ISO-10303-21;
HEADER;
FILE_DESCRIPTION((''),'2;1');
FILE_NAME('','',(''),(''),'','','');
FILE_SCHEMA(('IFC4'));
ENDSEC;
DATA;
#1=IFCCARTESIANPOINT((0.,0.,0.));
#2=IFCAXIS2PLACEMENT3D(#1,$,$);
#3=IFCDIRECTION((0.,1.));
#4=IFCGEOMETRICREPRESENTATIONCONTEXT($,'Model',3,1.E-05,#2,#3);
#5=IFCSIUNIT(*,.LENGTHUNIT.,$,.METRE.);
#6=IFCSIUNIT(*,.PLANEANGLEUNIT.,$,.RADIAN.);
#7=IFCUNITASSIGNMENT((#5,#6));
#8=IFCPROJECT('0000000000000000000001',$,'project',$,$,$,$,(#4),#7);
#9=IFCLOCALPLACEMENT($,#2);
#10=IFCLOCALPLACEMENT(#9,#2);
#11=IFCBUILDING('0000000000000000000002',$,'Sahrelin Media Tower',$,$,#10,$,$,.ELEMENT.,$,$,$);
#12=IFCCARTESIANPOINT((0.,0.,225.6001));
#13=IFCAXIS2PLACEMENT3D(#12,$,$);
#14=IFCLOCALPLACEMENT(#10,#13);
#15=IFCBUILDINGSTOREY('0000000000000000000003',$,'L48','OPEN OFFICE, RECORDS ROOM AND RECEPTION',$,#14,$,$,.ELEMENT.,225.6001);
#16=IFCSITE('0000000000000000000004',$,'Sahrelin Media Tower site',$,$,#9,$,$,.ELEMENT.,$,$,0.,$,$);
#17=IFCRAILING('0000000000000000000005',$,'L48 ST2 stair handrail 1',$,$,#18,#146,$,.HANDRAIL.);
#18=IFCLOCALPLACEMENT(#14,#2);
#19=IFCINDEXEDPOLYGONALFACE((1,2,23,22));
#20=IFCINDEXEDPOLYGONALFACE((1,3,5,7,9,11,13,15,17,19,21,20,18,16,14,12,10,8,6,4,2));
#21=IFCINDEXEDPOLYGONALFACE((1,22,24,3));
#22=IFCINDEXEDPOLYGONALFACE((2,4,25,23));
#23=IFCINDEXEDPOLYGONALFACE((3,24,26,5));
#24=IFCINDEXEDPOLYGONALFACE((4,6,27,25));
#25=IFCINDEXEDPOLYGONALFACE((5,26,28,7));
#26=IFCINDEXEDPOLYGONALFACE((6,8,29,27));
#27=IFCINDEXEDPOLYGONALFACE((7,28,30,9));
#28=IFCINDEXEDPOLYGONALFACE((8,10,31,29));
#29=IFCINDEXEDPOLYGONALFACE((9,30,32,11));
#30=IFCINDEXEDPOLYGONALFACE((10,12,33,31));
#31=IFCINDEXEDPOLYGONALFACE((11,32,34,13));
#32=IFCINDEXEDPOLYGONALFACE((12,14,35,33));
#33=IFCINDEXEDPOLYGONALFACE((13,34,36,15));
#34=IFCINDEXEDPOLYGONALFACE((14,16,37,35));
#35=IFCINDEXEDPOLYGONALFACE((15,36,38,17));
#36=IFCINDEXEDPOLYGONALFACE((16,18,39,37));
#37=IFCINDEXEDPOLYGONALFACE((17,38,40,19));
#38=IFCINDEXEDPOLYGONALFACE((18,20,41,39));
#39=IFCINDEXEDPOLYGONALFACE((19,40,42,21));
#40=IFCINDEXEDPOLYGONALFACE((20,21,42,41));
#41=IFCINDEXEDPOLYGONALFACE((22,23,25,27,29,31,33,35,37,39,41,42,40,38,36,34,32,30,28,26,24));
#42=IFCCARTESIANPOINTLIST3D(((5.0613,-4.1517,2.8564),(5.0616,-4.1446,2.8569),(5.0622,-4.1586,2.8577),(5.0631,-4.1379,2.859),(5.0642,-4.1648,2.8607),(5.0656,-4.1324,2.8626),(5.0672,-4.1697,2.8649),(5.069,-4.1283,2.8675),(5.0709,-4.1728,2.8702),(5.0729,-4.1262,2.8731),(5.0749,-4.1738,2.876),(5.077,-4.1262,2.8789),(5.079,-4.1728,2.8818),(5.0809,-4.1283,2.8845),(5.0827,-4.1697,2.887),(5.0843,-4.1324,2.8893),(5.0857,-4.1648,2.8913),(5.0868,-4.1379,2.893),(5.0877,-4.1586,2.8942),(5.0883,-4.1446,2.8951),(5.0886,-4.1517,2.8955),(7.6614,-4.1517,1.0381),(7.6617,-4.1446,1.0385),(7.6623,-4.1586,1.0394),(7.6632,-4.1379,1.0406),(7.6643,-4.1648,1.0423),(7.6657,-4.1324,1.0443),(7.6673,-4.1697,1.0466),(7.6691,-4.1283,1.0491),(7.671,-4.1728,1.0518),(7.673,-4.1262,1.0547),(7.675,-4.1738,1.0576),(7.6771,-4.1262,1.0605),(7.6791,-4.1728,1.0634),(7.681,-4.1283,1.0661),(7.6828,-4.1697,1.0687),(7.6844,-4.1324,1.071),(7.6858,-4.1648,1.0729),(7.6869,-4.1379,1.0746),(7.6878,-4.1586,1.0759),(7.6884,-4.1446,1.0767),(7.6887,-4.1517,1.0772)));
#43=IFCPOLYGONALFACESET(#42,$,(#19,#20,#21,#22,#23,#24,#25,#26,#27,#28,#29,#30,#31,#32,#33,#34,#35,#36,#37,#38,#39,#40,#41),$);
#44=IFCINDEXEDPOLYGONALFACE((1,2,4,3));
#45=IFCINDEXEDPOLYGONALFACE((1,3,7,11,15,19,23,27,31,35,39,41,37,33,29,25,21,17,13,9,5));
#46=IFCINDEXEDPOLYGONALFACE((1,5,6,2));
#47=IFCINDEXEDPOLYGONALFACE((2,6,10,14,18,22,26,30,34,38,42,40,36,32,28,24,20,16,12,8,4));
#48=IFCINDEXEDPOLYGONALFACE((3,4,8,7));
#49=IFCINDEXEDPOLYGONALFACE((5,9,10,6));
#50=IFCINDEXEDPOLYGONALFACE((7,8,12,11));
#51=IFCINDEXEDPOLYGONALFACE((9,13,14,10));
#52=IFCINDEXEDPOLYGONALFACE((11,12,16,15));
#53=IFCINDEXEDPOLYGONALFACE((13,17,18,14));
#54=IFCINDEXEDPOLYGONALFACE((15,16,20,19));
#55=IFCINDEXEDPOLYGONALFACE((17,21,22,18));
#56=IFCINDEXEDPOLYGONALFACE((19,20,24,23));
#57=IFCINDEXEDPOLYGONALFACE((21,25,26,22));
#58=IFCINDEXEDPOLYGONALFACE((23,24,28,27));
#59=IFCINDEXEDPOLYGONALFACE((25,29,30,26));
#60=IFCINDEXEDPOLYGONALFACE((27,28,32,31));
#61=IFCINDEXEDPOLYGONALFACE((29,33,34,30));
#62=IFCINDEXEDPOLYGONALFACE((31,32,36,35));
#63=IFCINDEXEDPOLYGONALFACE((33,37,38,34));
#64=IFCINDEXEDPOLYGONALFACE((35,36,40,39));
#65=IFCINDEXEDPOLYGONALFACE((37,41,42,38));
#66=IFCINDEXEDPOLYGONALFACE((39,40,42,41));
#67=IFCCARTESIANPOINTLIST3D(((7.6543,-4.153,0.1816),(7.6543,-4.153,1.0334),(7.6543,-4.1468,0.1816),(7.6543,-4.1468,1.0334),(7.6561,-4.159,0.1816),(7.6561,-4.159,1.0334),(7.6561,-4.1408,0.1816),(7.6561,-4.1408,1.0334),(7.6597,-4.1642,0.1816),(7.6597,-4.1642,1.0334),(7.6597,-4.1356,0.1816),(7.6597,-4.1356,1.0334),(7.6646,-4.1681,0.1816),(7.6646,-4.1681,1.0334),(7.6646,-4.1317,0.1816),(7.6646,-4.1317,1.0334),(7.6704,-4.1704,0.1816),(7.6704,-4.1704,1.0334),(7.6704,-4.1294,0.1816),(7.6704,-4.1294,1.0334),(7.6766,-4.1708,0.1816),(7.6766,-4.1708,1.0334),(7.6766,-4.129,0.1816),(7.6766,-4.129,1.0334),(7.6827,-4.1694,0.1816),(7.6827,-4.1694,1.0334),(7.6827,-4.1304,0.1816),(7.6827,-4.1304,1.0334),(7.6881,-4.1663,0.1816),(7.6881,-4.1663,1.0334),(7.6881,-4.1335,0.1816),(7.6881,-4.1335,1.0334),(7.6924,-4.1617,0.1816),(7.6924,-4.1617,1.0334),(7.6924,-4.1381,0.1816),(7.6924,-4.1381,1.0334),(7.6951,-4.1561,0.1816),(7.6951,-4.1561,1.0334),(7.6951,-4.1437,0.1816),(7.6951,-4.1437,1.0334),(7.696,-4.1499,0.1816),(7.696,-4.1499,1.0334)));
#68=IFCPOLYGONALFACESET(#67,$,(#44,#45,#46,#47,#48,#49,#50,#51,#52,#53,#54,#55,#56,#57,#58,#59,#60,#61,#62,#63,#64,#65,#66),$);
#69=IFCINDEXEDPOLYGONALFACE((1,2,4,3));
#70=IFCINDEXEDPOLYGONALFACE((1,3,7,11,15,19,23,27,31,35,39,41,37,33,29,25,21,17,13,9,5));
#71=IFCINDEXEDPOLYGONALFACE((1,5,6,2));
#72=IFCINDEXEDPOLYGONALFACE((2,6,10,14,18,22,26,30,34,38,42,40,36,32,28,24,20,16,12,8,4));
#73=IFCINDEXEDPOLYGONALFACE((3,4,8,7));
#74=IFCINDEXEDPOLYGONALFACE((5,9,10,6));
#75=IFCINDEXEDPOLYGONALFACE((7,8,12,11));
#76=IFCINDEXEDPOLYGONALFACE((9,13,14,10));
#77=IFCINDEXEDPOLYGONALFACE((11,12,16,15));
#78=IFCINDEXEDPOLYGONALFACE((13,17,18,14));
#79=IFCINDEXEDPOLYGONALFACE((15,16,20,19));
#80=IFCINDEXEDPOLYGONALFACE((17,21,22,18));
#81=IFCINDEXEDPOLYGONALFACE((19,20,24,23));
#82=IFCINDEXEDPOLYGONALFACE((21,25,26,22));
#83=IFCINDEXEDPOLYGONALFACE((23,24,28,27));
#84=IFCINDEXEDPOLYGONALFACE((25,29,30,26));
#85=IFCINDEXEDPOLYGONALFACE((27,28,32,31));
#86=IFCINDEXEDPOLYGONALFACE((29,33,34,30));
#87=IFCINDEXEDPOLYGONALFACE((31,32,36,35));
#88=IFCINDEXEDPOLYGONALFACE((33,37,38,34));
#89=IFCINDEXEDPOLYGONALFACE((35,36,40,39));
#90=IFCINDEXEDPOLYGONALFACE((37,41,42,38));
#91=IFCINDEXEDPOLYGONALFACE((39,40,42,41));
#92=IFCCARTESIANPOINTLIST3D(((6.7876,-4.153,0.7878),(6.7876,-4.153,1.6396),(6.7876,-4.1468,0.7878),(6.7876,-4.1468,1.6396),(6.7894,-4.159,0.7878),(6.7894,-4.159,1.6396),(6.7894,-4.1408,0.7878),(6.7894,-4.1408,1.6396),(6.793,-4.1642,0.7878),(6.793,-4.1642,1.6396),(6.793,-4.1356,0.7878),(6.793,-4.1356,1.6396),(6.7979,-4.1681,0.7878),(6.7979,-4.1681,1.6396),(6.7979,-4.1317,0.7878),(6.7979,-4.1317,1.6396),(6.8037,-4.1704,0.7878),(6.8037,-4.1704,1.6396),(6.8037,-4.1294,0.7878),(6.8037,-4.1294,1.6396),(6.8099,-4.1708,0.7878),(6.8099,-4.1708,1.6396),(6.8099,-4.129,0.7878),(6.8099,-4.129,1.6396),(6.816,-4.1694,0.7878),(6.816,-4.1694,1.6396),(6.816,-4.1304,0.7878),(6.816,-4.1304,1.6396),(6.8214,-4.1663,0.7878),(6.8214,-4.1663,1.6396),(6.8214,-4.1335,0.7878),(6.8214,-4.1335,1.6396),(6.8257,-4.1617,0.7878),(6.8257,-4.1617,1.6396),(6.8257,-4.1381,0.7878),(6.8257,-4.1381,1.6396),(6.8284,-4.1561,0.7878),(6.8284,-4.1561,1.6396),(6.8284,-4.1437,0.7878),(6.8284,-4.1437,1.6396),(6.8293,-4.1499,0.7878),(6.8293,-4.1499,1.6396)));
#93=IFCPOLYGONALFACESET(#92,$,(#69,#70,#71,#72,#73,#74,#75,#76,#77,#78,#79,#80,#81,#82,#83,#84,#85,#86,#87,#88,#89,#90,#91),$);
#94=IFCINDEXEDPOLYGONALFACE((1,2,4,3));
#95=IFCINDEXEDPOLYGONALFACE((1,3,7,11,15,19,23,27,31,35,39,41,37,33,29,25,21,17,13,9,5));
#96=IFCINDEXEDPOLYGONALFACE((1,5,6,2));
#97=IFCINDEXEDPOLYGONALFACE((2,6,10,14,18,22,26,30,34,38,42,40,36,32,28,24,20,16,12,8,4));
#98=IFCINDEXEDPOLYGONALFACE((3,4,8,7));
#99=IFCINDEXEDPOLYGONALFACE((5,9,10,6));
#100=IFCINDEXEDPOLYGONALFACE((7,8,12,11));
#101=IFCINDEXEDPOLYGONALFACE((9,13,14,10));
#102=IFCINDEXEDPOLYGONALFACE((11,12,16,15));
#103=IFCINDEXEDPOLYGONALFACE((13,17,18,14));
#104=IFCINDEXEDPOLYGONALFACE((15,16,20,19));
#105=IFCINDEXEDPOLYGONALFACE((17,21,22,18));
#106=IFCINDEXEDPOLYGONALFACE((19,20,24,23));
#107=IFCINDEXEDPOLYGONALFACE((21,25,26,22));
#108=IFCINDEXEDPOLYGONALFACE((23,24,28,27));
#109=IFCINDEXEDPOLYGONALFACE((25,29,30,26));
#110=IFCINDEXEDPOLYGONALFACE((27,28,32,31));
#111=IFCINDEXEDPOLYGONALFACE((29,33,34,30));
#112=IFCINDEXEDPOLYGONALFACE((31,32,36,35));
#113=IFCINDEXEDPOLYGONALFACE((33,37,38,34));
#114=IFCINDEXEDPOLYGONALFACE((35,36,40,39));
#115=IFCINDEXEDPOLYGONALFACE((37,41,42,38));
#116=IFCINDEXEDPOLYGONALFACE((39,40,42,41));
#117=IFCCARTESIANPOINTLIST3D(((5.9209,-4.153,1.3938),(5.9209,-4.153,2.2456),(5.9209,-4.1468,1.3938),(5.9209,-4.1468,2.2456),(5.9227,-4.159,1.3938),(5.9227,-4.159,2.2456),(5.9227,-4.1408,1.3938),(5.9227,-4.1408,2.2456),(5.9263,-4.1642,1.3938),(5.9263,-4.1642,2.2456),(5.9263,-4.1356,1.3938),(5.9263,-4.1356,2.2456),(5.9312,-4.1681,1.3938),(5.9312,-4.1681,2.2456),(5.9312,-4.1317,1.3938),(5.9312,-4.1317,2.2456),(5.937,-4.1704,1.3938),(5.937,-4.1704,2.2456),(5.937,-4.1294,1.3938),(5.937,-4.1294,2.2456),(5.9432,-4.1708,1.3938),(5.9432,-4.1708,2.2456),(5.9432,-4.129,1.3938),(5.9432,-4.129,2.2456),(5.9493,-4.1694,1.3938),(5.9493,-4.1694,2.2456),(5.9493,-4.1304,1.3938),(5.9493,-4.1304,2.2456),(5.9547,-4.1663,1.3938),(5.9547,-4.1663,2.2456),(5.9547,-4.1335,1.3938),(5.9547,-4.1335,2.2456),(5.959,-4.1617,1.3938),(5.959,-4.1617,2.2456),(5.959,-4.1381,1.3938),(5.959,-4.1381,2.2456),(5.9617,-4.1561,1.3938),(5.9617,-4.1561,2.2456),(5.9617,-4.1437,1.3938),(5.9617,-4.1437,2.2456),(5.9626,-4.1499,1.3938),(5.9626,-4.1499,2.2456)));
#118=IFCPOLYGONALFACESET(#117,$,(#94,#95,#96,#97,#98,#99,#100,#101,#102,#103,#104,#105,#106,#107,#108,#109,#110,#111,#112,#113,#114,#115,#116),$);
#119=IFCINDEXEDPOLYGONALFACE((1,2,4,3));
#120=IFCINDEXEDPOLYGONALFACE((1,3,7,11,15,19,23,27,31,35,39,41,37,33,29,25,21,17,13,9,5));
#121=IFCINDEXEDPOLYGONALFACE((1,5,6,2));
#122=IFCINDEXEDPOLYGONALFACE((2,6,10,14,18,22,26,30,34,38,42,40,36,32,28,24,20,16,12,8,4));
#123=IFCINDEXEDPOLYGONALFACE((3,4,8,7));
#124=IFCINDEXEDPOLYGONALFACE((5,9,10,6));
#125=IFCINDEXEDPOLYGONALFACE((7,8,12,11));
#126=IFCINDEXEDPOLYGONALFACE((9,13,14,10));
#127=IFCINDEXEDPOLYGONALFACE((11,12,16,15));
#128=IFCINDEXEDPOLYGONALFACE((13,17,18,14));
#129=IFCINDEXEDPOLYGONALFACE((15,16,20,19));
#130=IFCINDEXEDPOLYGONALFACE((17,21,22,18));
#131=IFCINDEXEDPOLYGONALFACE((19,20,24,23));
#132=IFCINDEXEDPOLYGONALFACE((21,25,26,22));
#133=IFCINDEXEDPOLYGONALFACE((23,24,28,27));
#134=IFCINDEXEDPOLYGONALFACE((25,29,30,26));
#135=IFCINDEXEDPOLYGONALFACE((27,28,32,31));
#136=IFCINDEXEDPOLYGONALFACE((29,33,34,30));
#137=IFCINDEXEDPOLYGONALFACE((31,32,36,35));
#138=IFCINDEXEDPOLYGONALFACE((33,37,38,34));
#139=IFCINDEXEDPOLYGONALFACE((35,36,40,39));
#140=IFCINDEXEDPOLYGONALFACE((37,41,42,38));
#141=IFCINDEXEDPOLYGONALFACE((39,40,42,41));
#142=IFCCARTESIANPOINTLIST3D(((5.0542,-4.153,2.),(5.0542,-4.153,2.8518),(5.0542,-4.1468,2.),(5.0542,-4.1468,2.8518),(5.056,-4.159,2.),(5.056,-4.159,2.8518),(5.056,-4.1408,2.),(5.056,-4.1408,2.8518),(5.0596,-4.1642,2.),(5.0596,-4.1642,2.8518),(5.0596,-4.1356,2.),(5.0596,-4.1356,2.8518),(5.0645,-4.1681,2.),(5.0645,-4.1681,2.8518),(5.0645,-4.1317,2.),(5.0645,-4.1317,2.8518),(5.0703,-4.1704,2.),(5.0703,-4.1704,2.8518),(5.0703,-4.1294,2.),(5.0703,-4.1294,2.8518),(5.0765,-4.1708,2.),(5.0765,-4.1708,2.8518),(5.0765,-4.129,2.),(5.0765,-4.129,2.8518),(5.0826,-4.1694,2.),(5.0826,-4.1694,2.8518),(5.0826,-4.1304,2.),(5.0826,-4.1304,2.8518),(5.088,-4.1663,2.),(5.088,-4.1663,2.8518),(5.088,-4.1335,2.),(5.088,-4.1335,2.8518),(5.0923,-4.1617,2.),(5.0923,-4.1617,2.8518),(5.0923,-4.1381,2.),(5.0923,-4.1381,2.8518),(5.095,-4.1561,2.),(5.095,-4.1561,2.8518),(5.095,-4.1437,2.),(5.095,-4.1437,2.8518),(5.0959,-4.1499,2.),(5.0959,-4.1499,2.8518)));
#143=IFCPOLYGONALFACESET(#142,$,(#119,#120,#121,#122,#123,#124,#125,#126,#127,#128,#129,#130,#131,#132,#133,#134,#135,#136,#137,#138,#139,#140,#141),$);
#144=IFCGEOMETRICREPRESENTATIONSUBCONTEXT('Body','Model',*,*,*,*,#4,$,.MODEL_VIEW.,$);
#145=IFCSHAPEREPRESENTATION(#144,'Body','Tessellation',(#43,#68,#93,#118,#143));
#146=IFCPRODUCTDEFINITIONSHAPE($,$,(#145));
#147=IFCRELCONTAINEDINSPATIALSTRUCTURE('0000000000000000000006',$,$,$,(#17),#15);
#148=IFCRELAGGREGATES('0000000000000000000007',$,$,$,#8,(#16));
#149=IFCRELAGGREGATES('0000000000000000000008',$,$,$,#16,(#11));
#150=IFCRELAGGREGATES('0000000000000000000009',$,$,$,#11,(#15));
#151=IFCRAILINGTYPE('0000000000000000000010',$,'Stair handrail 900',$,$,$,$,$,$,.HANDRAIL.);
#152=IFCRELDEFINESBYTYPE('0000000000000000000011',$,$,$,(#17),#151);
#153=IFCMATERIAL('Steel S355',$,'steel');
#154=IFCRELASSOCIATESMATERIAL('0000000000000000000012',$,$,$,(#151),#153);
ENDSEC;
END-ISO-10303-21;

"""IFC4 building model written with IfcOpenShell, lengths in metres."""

from ifc_helpers import new_model, si_unit, direction, frame, origin, origin_2d, place, context, subcontext, project, spatial, circle, extrude, material, type_object, element, save


model = new_model("IFC4")

# Units and contexts
model_context = context("Model", 3, precision=1e-05, world=origin(), true_north=direction((0.0, 1.0)))
body_context = subcontext(model_context, "Body", "Model", "MODEL_VIEW")
ifc_project = project(units=[si_unit("LENGTHUNIT", "METRE"), si_unit("PLANEANGLEUNIT", "RADIAN")], contexts=[model_context])

# Site, building, storey
site_placement = place(None, origin())
site = spatial("IfcSite", under=ifc_project, at=site_placement, Name="Sahrelin Media Tower site", CompositionType="ELEMENT", RefElevation=0.0)
building_placement = place(site_placement, origin())
building = spatial("IfcBuilding", under=site, at=building_placement, Name="Sahrelin Media Tower", CompositionType="ELEMENT")
storey_placement = place(building_placement, frame((0.0, 0.0, 225.6001)))
storey = spatial("IfcBuildingStorey", under=building, at=storey_placement, Name="L48", Description="OPEN OFFICE, RECORDS ROOM AND RECEPTION", CompositionType="ELEMENT", Elevation=225.6001)

# Shared definitions
ifc_material_1 = material(Name="Steel S355", Category="steel")

# Railing
railing_type_1 = type_object("IfcRailingType", Name="Stair handrail 900", PredefinedType="HANDRAIL", material=ifc_material_1)
railing_1_placement = place(storey_placement, frame((7.675, -4.1499, 0.1816)))
element("IfcRailing", 1, at=railing_1_placement, inside=storey, type_object=railing_type_1, Name="L48 ST2 stair handrail 1", PredefinedType="HANDRAIL", context=body_context, shape_type="SweptSolid", body=[
    extrude(circle(Radius=0.0239, at=origin_2d()), frame((0.0, 0.0, 0.876), z_axis=(-0.819485, 0.0, 0.573101), x_axis=(0.0, -1.0, 0.0)), (0.0, 0.0, 1.0), 3.1729),
    extrude(circle(Radius=0.021, at=origin_2d()), origin(), (0.0, 0.0, 1.0), 0.8518),
    extrude(circle(Radius=0.021, at=origin_2d()), frame((-0.8667, 0.0, 0.6062)), (0.0, 0.0, 1.0), 0.8518),
    extrude(circle(Radius=0.021, at=origin_2d()), frame((-1.7334, 0.0, 1.2122)), (0.0, 0.0, 1.0), 0.8518),
    extrude(circle(Radius=0.021, at=origin_2d()), frame((-2.6001, 0.0, 1.8184)), (0.0, 0.0, 1.0), 0.8518),
])

save(model, "model.ifc")
